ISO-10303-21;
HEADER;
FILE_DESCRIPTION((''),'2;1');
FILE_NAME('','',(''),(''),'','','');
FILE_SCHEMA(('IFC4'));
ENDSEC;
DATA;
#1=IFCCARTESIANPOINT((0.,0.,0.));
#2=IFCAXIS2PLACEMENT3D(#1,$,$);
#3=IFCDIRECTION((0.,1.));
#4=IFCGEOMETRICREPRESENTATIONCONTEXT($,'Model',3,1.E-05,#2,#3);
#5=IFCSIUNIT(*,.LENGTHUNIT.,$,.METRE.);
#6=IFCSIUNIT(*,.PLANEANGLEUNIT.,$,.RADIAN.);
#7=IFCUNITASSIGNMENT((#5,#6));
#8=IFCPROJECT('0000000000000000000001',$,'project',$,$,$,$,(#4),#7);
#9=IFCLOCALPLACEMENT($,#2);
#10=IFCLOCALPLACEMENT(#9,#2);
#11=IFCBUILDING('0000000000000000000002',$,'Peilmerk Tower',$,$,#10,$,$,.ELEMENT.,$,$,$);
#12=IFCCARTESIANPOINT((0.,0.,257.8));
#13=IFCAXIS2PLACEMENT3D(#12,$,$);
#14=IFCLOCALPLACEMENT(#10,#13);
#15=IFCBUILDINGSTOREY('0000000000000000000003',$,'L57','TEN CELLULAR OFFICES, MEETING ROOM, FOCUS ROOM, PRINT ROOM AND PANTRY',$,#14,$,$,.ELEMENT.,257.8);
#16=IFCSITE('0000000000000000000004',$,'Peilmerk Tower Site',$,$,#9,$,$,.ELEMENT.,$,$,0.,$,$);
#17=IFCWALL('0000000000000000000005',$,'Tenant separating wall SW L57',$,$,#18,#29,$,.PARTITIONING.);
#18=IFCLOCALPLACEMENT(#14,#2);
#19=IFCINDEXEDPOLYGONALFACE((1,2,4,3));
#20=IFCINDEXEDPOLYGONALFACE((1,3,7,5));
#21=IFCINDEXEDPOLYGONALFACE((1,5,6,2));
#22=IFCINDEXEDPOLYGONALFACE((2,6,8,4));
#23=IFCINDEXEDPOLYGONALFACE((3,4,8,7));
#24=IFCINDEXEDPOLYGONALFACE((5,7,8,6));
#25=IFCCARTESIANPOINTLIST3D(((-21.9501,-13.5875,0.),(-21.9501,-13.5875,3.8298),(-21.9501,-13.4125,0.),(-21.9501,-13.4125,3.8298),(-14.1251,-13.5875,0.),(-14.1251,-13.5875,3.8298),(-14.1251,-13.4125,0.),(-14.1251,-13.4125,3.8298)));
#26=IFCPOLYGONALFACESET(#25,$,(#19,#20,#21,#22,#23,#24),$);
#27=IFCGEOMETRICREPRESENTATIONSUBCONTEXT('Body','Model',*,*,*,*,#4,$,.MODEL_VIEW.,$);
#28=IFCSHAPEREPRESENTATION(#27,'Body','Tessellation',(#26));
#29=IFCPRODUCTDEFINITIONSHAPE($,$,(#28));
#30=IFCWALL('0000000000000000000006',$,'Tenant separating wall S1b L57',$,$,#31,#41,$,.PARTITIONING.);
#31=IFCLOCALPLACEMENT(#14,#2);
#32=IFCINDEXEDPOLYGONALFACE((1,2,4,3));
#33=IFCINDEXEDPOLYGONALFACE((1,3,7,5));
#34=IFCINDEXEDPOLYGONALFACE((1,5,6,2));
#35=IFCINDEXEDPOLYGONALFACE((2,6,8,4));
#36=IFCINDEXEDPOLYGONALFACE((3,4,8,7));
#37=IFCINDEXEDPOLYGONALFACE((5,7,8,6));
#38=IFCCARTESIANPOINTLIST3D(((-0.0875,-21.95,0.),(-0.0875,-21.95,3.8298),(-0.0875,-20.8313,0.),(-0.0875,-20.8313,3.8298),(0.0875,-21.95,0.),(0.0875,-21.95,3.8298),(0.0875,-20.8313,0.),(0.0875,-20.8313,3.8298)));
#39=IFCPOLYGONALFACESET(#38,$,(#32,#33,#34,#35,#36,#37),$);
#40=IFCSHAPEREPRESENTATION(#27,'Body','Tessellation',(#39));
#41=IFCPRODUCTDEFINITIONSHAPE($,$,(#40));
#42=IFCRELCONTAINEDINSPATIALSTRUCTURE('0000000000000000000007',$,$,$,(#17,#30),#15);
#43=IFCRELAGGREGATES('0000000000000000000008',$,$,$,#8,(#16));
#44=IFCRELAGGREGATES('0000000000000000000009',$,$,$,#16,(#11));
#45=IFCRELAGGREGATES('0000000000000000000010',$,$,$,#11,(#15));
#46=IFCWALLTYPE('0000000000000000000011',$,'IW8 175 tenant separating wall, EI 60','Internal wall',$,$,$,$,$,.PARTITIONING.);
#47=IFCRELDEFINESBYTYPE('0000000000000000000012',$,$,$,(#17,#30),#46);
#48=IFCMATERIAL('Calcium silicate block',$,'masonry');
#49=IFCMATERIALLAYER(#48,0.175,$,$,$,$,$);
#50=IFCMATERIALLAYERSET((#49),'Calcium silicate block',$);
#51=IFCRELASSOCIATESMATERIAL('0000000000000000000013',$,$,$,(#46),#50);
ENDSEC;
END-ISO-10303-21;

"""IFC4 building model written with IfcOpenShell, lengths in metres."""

from ifc_helpers import new_model, si_unit, direction, frame, frame_2d, origin, place, context, subcontext, project, spatial, rectangle, extrude, material, layer, layer_set, type_object, element, save


model = new_model("IFC4")

# Units and contexts
model_context = context("Model", 3, precision=1e-05, world=origin(), true_north=direction((0.0, 1.0)))
body_context = subcontext(model_context, "Body", "Model", "MODEL_VIEW")
ifc_project = project(units=[si_unit("LENGTHUNIT", "METRE"), si_unit("PLANEANGLEUNIT", "RADIAN")], contexts=[model_context])

# Site, building, storey
site_placement = place(None, origin())
site = spatial("IfcSite", under=ifc_project, at=site_placement, Name="Peilmerk Tower Site", CompositionType="ELEMENT", RefElevation=0.0)
building_placement = place(site_placement, origin())
building = spatial("IfcBuilding", under=site, at=building_placement, Name="Peilmerk Tower", CompositionType="ELEMENT")
storey_placement = place(building_placement, frame((0.0, 0.0, 257.8)))
storey = spatial("IfcBuildingStorey", under=building, at=storey_placement, Name="L57", Description="TEN CELLULAR OFFICES, MEETING ROOM, FOCUS ROOM, PRINT ROOM AND PANTRY", CompositionType="ELEMENT", Elevation=257.8)

# Shared definitions
ifc_material_1 = material(Name="Calcium silicate block", Category="masonry")

# Walls
ifc_layer_1 = layer(ifc_material_1, 0.175)
ifc_layer_set_1 = layer_set([ifc_layer_1], Name="Calcium silicate block")
wall_type_1 = type_object("IfcWallType", Name="IW8 175 tenant separating wall, EI 60", Description="Internal wall", PredefinedType="PARTITIONING", material=ifc_layer_set_1)
wall_1_placement = place(storey_placement, frame((-14.125, -13.5, 0.0), z_axis=(0.0, 0.0, 1.0), x_axis=(-1.0, 0.0, 0.0)))
element("IfcWall", 1, at=wall_1_placement, inside=storey, type_object=wall_type_1, Name="Tenant separating wall SW L57", PredefinedType="PARTITIONING", context=body_context, shape_type="SweptSolid", body=[
    extrude(rectangle(XDim=7.825, YDim=0.175, at=frame_2d((3.9126, 0.0))), origin(), (0.0, 0.0, 1.0), 3.8298),
])
wall_2_placement = place(storey_placement, frame((0.0, -20.8313, 0.0), z_axis=(0.0, 0.0, 1.0), x_axis=(0.0, -1.0, 0.0)))
element("IfcWall", 2, at=wall_2_placement, inside=storey, type_object=wall_type_1, Name="Tenant separating wall S1b L57", PredefinedType="PARTITIONING", context=body_context, shape_type="SweptSolid", body=[
    extrude(rectangle(XDim=1.1187, YDim=0.175, at=frame_2d((0.5593, 0.0))), origin(), (0.0, 0.0, 1.0), 3.8298),
])

save(model, "model.ifc")
